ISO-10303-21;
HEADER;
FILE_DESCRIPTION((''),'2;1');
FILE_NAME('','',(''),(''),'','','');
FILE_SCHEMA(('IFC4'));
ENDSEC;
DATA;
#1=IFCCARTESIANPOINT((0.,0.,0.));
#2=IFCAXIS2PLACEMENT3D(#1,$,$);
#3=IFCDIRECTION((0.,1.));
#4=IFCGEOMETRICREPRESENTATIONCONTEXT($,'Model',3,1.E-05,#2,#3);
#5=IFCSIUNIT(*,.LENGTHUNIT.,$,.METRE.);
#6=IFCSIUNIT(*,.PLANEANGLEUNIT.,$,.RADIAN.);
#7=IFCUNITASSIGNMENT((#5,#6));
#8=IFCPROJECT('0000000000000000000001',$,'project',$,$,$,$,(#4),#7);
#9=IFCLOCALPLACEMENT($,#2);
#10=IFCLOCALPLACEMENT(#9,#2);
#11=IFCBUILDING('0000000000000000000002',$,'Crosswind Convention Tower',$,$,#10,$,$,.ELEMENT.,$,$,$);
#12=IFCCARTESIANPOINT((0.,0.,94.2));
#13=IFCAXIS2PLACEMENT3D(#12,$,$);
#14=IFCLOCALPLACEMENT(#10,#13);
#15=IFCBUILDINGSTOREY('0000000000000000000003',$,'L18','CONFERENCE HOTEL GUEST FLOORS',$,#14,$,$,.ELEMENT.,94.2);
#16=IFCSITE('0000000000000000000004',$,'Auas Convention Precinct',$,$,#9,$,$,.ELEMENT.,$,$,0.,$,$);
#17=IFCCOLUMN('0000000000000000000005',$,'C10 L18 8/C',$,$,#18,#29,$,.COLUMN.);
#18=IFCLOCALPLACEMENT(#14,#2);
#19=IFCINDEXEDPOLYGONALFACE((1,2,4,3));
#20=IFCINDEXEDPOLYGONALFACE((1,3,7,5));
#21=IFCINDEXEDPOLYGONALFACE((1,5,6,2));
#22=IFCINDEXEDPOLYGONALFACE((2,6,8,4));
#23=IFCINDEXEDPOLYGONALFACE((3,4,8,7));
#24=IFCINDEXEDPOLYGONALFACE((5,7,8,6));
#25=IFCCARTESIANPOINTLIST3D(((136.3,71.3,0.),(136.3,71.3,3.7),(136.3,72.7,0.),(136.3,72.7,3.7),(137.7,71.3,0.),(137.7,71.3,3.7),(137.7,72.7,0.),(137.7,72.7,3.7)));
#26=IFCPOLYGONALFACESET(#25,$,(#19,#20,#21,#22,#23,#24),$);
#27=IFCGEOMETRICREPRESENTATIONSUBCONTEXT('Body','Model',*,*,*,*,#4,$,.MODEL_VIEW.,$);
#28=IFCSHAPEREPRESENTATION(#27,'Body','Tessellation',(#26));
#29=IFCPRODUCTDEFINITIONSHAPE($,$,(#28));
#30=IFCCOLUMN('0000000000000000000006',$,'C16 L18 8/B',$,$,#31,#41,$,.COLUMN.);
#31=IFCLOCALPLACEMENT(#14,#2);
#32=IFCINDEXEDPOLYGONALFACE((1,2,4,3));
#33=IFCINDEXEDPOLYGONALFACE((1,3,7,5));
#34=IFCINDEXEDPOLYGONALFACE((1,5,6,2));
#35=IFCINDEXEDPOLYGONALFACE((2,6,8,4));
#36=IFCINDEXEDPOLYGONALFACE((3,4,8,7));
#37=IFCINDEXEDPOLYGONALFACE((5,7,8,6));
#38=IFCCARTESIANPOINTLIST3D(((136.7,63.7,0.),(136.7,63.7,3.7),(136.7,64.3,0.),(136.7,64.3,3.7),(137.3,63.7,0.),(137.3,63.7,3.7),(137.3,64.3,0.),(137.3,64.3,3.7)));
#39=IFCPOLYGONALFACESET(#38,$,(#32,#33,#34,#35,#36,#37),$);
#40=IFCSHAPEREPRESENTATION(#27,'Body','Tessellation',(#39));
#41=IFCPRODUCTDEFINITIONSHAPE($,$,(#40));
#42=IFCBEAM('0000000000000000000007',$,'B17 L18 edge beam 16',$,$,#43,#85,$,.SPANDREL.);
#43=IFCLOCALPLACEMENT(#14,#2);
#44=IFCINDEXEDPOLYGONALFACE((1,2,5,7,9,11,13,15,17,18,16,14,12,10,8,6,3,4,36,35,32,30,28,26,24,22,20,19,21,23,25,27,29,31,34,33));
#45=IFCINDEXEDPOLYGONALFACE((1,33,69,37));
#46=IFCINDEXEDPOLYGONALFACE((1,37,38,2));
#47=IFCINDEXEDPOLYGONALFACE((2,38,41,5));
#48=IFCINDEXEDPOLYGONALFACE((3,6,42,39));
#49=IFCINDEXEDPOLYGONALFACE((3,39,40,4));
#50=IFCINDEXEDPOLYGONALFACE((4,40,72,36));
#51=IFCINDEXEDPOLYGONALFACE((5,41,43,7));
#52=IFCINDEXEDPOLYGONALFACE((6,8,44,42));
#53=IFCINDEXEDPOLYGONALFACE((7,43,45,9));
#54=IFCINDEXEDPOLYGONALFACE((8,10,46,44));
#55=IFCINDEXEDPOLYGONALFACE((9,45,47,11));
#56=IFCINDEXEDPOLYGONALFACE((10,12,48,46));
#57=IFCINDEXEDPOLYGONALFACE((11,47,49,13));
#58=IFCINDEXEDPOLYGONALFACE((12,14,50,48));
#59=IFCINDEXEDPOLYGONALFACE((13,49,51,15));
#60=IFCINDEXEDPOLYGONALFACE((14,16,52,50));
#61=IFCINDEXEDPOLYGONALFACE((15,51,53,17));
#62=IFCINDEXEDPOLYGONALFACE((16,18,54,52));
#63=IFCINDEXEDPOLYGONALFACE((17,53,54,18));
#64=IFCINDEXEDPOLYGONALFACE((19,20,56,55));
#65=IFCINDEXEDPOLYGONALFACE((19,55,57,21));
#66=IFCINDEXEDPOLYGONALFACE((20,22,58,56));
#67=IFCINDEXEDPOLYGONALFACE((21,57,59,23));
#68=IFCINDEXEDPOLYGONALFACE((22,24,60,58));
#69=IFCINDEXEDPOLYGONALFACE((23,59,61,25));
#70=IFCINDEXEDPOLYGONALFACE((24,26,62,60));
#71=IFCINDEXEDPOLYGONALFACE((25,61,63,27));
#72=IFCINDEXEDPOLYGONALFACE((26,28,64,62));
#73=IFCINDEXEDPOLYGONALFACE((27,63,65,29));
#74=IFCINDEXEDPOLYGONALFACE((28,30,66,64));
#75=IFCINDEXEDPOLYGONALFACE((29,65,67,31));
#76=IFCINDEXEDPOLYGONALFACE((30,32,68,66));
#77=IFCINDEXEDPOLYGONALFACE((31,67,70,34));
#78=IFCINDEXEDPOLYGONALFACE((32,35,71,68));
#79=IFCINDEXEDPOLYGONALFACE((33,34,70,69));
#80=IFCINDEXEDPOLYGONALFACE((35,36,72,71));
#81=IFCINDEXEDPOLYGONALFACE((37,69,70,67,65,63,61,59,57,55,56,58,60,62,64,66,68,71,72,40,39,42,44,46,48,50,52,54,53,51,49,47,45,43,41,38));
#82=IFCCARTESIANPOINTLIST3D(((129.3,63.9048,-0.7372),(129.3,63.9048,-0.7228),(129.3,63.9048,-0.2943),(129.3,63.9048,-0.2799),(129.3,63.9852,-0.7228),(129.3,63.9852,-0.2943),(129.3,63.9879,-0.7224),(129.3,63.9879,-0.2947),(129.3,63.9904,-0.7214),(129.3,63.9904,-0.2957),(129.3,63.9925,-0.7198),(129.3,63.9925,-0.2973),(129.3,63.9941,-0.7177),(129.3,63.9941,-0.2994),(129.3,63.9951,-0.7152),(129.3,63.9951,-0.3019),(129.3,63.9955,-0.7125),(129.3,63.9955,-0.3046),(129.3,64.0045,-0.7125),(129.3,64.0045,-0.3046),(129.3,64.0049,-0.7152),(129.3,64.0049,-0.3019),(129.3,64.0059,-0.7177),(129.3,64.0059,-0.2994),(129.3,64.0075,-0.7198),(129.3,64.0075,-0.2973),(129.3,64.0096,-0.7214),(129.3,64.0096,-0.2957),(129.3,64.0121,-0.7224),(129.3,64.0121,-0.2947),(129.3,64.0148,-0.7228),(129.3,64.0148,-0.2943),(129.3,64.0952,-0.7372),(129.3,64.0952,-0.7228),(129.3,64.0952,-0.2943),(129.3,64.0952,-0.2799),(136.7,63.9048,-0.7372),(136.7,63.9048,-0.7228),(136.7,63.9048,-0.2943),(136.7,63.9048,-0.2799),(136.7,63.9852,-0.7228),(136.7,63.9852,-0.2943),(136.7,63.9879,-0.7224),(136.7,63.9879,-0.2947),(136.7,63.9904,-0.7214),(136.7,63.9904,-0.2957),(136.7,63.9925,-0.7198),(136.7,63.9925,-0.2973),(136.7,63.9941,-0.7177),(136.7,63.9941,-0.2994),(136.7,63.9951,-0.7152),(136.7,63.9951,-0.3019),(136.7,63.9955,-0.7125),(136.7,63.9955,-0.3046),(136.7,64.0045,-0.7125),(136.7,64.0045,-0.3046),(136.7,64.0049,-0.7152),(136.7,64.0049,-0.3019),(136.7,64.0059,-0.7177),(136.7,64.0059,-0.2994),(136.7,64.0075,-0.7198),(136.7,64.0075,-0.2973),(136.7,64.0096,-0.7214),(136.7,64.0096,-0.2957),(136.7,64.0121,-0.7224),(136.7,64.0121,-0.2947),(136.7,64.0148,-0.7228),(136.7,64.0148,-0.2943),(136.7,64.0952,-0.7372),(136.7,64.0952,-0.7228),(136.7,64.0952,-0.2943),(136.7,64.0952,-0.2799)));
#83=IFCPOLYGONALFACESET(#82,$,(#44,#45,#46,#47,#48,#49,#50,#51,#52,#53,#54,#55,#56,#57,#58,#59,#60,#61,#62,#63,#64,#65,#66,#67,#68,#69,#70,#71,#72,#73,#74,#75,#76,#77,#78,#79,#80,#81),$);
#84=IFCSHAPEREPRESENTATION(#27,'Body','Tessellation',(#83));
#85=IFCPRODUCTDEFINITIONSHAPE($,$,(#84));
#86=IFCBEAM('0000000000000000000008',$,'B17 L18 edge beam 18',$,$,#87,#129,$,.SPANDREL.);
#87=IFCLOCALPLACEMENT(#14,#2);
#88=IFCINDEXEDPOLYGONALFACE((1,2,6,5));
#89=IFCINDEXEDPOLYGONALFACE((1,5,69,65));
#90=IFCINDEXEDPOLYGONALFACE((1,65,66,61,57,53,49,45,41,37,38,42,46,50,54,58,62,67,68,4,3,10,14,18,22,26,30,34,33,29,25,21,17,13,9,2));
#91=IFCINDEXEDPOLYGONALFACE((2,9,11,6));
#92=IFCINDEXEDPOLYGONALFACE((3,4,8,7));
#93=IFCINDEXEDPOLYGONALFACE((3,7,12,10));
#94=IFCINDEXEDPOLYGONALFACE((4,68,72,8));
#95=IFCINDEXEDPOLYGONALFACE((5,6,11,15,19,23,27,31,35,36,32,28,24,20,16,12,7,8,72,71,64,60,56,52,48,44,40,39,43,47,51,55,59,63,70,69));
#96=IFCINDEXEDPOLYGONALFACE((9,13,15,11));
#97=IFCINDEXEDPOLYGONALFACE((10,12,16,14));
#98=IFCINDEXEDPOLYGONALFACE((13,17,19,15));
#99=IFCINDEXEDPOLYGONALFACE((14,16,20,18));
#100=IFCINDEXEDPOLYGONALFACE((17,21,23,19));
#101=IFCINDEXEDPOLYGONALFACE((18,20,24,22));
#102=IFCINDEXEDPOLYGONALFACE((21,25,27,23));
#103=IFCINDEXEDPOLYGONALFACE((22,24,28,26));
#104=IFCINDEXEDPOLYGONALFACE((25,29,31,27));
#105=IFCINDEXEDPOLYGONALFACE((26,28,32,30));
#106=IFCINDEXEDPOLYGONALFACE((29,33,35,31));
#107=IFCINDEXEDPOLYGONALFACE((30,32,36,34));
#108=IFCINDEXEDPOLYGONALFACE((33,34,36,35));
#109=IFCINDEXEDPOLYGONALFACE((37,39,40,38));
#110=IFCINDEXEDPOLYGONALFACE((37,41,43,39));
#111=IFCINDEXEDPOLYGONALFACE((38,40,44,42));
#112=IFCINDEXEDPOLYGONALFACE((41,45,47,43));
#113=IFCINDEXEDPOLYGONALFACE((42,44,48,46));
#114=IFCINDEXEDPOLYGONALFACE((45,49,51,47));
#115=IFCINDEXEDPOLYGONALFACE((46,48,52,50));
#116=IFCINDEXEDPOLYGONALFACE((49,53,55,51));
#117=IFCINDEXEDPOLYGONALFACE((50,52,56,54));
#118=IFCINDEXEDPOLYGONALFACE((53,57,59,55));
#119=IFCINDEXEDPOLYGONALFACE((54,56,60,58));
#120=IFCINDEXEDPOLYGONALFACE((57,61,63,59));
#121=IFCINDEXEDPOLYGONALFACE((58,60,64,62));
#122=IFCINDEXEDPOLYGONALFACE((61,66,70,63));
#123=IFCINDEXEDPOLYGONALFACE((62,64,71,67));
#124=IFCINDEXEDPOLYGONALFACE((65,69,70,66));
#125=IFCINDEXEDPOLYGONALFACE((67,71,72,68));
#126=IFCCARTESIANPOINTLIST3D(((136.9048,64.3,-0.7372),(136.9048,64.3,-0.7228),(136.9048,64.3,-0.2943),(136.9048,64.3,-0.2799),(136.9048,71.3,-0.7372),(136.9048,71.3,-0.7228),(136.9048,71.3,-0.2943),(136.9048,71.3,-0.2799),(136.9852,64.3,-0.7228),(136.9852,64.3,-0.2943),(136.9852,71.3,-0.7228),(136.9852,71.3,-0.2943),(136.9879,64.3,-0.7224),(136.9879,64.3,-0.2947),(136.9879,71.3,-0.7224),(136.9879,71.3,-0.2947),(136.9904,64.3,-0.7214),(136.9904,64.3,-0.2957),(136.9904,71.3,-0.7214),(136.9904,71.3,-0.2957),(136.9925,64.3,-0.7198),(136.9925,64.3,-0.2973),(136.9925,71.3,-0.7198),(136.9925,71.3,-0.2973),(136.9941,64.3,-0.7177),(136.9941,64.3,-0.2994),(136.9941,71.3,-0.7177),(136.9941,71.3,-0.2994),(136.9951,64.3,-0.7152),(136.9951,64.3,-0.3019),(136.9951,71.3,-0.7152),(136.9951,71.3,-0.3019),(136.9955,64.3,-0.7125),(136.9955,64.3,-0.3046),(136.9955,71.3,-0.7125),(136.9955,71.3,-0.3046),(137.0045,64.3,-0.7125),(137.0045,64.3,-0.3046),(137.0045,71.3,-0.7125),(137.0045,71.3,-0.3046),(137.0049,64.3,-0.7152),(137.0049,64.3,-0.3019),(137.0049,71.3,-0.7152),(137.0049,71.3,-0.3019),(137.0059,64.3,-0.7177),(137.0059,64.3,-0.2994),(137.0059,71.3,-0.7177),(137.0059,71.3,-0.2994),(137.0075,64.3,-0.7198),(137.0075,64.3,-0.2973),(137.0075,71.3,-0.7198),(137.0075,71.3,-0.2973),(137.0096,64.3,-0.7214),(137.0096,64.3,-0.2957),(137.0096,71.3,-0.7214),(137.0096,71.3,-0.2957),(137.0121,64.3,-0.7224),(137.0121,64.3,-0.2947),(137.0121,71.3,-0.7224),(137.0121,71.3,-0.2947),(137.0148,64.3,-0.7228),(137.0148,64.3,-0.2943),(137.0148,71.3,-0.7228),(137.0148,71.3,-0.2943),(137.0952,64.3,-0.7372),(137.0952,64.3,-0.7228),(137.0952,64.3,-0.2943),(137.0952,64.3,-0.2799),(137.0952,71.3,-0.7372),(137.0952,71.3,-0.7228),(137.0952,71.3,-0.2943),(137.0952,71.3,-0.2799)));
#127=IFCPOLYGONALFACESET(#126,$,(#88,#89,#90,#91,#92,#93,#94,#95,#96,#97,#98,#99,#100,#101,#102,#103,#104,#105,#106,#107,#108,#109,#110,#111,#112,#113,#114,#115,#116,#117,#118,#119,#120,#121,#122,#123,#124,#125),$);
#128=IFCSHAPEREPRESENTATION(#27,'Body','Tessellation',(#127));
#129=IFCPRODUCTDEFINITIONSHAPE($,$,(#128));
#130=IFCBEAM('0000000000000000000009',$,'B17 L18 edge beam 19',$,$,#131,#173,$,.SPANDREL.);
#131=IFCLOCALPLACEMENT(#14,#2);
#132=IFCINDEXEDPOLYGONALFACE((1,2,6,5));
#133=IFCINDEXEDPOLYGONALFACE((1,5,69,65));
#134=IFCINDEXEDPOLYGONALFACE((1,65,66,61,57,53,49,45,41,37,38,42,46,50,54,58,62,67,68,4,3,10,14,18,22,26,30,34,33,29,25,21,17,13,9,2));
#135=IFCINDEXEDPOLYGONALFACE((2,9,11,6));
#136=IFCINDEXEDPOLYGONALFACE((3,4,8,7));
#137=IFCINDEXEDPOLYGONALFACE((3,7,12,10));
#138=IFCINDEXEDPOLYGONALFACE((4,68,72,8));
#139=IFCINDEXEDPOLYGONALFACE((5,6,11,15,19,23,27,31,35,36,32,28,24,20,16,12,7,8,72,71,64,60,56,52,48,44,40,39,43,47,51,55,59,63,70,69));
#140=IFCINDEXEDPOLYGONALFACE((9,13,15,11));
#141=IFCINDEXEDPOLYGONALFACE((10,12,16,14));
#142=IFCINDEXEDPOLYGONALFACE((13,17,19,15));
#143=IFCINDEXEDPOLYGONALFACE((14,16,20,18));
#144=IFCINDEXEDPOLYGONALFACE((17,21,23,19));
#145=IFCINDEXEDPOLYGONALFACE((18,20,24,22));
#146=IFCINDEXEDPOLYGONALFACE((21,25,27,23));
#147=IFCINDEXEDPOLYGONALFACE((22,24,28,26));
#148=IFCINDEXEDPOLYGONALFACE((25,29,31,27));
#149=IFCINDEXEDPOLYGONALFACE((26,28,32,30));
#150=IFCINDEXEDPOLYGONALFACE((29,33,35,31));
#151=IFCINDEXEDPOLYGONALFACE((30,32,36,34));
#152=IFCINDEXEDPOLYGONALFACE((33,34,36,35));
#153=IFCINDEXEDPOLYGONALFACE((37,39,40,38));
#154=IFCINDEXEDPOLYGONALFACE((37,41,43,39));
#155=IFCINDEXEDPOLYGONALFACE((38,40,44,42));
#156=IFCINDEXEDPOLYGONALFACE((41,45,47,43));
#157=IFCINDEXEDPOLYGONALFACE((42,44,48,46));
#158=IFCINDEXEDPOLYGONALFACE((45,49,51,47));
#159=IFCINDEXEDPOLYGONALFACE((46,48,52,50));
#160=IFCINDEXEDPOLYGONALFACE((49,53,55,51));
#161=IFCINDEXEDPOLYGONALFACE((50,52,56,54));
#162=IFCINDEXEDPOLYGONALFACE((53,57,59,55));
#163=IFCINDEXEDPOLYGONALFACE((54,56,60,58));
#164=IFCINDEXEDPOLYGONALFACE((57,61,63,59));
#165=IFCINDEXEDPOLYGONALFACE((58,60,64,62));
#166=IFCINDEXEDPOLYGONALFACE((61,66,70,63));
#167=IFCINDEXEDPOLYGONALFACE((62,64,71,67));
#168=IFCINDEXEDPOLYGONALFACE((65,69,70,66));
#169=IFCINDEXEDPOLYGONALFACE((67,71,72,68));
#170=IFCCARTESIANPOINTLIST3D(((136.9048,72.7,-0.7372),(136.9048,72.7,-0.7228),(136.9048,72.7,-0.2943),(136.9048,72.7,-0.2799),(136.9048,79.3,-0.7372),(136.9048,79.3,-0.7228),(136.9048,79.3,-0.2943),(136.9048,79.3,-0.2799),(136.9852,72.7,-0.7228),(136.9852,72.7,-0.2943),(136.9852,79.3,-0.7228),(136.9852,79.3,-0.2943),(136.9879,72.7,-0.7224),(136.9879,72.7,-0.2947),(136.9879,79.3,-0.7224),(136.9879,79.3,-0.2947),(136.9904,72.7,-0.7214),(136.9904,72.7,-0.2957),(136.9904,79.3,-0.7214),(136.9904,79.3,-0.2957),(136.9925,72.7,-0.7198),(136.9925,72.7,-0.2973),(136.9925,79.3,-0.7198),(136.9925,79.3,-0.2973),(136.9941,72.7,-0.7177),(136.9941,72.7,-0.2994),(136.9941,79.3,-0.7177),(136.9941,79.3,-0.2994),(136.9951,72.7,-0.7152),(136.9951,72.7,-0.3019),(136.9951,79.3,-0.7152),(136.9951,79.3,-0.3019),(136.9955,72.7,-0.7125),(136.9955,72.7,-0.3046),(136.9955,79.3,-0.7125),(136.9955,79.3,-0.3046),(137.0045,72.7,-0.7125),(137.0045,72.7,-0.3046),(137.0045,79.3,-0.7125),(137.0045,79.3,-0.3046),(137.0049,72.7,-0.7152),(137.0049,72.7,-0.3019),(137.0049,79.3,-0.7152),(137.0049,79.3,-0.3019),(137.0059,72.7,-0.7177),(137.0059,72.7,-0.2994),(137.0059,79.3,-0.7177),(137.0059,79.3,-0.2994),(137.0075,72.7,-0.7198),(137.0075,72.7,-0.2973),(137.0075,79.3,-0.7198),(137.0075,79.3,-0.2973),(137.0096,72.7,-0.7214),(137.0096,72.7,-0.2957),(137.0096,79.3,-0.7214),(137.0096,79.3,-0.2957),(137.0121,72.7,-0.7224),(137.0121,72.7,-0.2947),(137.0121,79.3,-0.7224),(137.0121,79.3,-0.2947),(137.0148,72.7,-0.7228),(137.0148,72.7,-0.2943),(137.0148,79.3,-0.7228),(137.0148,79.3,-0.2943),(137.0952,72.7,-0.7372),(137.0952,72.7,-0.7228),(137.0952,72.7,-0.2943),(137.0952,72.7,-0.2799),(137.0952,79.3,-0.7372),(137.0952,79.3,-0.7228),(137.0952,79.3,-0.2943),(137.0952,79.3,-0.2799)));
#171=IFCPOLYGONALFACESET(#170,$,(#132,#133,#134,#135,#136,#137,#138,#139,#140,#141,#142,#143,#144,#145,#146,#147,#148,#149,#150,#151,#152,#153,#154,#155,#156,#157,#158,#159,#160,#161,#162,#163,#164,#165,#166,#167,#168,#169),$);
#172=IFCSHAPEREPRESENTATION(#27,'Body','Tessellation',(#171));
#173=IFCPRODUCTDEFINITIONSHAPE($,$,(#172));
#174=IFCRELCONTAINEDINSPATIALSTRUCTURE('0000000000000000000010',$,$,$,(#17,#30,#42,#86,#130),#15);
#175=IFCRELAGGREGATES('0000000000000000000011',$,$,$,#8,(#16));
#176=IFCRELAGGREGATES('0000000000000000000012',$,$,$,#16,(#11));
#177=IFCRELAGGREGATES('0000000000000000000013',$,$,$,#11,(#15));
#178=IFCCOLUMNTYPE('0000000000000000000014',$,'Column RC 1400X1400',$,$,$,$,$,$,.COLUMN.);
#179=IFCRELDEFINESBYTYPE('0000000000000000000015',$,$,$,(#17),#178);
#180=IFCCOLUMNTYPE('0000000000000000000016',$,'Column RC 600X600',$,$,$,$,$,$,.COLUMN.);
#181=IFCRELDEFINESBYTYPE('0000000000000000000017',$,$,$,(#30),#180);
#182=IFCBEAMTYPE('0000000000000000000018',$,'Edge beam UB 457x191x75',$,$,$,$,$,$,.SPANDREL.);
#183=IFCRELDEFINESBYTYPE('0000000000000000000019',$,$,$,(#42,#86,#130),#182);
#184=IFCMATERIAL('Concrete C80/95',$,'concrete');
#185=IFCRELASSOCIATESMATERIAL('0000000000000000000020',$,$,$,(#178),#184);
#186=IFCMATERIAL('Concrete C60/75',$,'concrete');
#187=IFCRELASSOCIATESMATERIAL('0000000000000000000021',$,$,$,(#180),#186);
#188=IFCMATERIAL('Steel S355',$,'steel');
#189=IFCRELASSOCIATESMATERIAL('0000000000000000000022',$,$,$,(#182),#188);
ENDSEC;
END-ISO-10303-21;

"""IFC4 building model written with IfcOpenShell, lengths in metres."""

from ifc_helpers import new_model, si_unit, direction, frame, origin, origin_2d, place, context, subcontext, project, spatial, rectangle, i_section, extrude, material, material_profile, profile_set, type_object, element, save


model = new_model("IFC4")

# Units and contexts
model_context = context("Model", 3, precision=1e-05, world=origin(), true_north=direction((0.0, 1.0)))
body_context = subcontext(model_context, "Body", "Model", "MODEL_VIEW")
ifc_project = project(units=[si_unit("LENGTHUNIT", "METRE"), si_unit("PLANEANGLEUNIT", "RADIAN")], contexts=[model_context])

# Site, building, storey
site_placement = place(None, origin())
site = spatial("IfcSite", under=ifc_project, at=site_placement, Name="Auas Convention Precinct", CompositionType="ELEMENT", RefElevation=0.0)
building_placement = place(site_placement, origin())
building = spatial("IfcBuilding", under=site, at=building_placement, Name="Crosswind Convention Tower", CompositionType="ELEMENT")
storey_placement = place(building_placement, frame((0.0, 0.0, 94.2)))
storey = spatial("IfcBuildingStorey", under=building, at=storey_placement, Name="L18", Description="CONFERENCE HOTEL GUEST FLOORS", CompositionType="ELEMENT", Elevation=94.2)

# Columns
ifc_material_1 = material(Name="Concrete C80/95", Category="concrete")
ifc_material_profile_1 = material_profile(ifc_material_1, rectangle(XDim=1.3999, YDim=1.3999, at=origin_2d()), Name="RC 1400X1400")
ifc_profile_set_1 = profile_set([ifc_material_profile_1], Name="Concrete C80/95")
column_type_1 = type_object("IfcColumnType", Name="Column RC 1400X1400", PredefinedType="COLUMN", material=ifc_profile_set_1)
column_1_placement = place(storey_placement, frame((137.0, 72.0, 0.0), z_axis=(0.0, 0.0, 1.0), x_axis=(1.0, 0.0, 0.0)))
element("IfcColumn", 1, at=column_1_placement, inside=storey, type_object=column_type_1, Name="C10 L18 8/C", PredefinedType="COLUMN", context=body_context, shape_type="SweptSolid", body=[
    extrude(rectangle(XDim=1.3999, YDim=1.3999, at=origin_2d()), origin(), (0.0, 0.0, 1.0), 3.7),
])
ifc_material_2 = material(Name="Concrete C60/75", Category="concrete")
ifc_material_profile_2 = material_profile(ifc_material_2, rectangle(XDim=0.6001, YDim=0.6001, at=origin_2d()), Name="RC 600X600")
ifc_profile_set_2 = profile_set([ifc_material_profile_2], Name="Concrete C60/75")
column_type_2 = type_object("IfcColumnType", Name="Column RC 600X600", PredefinedType="COLUMN", material=ifc_profile_set_2)
column_2_placement = place(storey_placement, frame((137.0, 64.0, 0.0), z_axis=(0.0, 0.0, 1.0), x_axis=(1.0, 0.0, 0.0)))
element("IfcColumn", 2, at=column_2_placement, inside=storey, type_object=column_type_2, Name="C16 L18 8/B", PredefinedType="COLUMN", context=body_context, shape_type="SweptSolid", body=[
    extrude(rectangle(XDim=0.6001, YDim=0.6001, at=origin_2d()), origin(), (0.0, 0.0, 1.0), 3.7),
])

# Beams
ifc_material_3 = material(Name="Steel S355", Category="steel")
ifc_material_profile_3 = material_profile(ifc_material_3, i_section(OverallWidth=0.1904, OverallDepth=0.4573, WebThickness=0.009, FlangeThickness=0.0144, FilletRadius=0.0103, at=origin_2d()), Name="UB 457x191x75")
ifc_profile_set_3 = profile_set([ifc_material_profile_3], Name="Steel S355")
beam_type_1 = type_object("IfcBeamType", Name="Edge beam UB 457x191x75", PredefinedType="SPANDREL", material=ifc_profile_set_3)
beam_1_placement = place(storey_placement, frame((129.3, 64.0, -0.5085), z_axis=(1.0, 0.0, 0.0), x_axis=(0.0, 1.0, 0.0)))
element("IfcBeam", 3, at=beam_1_placement, inside=storey, type_object=beam_type_1, Name="B17 L18 edge beam 16", PredefinedType="SPANDREL", context=body_context, shape_type="SweptSolid", body=[
    extrude(i_section(OverallWidth=0.1904, OverallDepth=0.4573, WebThickness=0.009, FlangeThickness=0.0144, FilletRadius=0.0103, at=origin_2d()), origin(), (0.0, 0.0, 1.0), 7.3999),
])
beam_2_placement = place(storey_placement, frame((137.0, 64.3, -0.5085), z_axis=(0.0, 1.0, 0.0), x_axis=(-1.0, 0.0, 0.0)))
element("IfcBeam", 4, at=beam_2_placement, inside=storey, type_object=beam_type_1, Name="B17 L18 edge beam 18", PredefinedType="SPANDREL", context=body_context, shape_type="SweptSolid", body=[
    extrude(i_section(OverallWidth=0.1904, OverallDepth=0.4573, WebThickness=0.009, FlangeThickness=0.0144, FilletRadius=0.0103, at=origin_2d()), origin(), (0.0, 0.0, 1.0), 7.0),
])
beam_3_placement = place(storey_placement, frame((137.0, 72.7, -0.5085), z_axis=(0.0, 1.0, 0.0), x_axis=(-1.0, 0.0, 0.0)))
element("IfcBeam", 5, at=beam_3_placement, inside=storey, type_object=beam_type_1, Name="B17 L18 edge beam 19", PredefinedType="SPANDREL", context=body_context, shape_type="SweptSolid", body=[
    extrude(i_section(OverallWidth=0.1904, OverallDepth=0.4573, WebThickness=0.009, FlangeThickness=0.0144, FilletRadius=0.0103, at=origin_2d()), origin(), (0.0, 0.0, 1.0), 6.6001),
])

save(model, "model.ifc")
